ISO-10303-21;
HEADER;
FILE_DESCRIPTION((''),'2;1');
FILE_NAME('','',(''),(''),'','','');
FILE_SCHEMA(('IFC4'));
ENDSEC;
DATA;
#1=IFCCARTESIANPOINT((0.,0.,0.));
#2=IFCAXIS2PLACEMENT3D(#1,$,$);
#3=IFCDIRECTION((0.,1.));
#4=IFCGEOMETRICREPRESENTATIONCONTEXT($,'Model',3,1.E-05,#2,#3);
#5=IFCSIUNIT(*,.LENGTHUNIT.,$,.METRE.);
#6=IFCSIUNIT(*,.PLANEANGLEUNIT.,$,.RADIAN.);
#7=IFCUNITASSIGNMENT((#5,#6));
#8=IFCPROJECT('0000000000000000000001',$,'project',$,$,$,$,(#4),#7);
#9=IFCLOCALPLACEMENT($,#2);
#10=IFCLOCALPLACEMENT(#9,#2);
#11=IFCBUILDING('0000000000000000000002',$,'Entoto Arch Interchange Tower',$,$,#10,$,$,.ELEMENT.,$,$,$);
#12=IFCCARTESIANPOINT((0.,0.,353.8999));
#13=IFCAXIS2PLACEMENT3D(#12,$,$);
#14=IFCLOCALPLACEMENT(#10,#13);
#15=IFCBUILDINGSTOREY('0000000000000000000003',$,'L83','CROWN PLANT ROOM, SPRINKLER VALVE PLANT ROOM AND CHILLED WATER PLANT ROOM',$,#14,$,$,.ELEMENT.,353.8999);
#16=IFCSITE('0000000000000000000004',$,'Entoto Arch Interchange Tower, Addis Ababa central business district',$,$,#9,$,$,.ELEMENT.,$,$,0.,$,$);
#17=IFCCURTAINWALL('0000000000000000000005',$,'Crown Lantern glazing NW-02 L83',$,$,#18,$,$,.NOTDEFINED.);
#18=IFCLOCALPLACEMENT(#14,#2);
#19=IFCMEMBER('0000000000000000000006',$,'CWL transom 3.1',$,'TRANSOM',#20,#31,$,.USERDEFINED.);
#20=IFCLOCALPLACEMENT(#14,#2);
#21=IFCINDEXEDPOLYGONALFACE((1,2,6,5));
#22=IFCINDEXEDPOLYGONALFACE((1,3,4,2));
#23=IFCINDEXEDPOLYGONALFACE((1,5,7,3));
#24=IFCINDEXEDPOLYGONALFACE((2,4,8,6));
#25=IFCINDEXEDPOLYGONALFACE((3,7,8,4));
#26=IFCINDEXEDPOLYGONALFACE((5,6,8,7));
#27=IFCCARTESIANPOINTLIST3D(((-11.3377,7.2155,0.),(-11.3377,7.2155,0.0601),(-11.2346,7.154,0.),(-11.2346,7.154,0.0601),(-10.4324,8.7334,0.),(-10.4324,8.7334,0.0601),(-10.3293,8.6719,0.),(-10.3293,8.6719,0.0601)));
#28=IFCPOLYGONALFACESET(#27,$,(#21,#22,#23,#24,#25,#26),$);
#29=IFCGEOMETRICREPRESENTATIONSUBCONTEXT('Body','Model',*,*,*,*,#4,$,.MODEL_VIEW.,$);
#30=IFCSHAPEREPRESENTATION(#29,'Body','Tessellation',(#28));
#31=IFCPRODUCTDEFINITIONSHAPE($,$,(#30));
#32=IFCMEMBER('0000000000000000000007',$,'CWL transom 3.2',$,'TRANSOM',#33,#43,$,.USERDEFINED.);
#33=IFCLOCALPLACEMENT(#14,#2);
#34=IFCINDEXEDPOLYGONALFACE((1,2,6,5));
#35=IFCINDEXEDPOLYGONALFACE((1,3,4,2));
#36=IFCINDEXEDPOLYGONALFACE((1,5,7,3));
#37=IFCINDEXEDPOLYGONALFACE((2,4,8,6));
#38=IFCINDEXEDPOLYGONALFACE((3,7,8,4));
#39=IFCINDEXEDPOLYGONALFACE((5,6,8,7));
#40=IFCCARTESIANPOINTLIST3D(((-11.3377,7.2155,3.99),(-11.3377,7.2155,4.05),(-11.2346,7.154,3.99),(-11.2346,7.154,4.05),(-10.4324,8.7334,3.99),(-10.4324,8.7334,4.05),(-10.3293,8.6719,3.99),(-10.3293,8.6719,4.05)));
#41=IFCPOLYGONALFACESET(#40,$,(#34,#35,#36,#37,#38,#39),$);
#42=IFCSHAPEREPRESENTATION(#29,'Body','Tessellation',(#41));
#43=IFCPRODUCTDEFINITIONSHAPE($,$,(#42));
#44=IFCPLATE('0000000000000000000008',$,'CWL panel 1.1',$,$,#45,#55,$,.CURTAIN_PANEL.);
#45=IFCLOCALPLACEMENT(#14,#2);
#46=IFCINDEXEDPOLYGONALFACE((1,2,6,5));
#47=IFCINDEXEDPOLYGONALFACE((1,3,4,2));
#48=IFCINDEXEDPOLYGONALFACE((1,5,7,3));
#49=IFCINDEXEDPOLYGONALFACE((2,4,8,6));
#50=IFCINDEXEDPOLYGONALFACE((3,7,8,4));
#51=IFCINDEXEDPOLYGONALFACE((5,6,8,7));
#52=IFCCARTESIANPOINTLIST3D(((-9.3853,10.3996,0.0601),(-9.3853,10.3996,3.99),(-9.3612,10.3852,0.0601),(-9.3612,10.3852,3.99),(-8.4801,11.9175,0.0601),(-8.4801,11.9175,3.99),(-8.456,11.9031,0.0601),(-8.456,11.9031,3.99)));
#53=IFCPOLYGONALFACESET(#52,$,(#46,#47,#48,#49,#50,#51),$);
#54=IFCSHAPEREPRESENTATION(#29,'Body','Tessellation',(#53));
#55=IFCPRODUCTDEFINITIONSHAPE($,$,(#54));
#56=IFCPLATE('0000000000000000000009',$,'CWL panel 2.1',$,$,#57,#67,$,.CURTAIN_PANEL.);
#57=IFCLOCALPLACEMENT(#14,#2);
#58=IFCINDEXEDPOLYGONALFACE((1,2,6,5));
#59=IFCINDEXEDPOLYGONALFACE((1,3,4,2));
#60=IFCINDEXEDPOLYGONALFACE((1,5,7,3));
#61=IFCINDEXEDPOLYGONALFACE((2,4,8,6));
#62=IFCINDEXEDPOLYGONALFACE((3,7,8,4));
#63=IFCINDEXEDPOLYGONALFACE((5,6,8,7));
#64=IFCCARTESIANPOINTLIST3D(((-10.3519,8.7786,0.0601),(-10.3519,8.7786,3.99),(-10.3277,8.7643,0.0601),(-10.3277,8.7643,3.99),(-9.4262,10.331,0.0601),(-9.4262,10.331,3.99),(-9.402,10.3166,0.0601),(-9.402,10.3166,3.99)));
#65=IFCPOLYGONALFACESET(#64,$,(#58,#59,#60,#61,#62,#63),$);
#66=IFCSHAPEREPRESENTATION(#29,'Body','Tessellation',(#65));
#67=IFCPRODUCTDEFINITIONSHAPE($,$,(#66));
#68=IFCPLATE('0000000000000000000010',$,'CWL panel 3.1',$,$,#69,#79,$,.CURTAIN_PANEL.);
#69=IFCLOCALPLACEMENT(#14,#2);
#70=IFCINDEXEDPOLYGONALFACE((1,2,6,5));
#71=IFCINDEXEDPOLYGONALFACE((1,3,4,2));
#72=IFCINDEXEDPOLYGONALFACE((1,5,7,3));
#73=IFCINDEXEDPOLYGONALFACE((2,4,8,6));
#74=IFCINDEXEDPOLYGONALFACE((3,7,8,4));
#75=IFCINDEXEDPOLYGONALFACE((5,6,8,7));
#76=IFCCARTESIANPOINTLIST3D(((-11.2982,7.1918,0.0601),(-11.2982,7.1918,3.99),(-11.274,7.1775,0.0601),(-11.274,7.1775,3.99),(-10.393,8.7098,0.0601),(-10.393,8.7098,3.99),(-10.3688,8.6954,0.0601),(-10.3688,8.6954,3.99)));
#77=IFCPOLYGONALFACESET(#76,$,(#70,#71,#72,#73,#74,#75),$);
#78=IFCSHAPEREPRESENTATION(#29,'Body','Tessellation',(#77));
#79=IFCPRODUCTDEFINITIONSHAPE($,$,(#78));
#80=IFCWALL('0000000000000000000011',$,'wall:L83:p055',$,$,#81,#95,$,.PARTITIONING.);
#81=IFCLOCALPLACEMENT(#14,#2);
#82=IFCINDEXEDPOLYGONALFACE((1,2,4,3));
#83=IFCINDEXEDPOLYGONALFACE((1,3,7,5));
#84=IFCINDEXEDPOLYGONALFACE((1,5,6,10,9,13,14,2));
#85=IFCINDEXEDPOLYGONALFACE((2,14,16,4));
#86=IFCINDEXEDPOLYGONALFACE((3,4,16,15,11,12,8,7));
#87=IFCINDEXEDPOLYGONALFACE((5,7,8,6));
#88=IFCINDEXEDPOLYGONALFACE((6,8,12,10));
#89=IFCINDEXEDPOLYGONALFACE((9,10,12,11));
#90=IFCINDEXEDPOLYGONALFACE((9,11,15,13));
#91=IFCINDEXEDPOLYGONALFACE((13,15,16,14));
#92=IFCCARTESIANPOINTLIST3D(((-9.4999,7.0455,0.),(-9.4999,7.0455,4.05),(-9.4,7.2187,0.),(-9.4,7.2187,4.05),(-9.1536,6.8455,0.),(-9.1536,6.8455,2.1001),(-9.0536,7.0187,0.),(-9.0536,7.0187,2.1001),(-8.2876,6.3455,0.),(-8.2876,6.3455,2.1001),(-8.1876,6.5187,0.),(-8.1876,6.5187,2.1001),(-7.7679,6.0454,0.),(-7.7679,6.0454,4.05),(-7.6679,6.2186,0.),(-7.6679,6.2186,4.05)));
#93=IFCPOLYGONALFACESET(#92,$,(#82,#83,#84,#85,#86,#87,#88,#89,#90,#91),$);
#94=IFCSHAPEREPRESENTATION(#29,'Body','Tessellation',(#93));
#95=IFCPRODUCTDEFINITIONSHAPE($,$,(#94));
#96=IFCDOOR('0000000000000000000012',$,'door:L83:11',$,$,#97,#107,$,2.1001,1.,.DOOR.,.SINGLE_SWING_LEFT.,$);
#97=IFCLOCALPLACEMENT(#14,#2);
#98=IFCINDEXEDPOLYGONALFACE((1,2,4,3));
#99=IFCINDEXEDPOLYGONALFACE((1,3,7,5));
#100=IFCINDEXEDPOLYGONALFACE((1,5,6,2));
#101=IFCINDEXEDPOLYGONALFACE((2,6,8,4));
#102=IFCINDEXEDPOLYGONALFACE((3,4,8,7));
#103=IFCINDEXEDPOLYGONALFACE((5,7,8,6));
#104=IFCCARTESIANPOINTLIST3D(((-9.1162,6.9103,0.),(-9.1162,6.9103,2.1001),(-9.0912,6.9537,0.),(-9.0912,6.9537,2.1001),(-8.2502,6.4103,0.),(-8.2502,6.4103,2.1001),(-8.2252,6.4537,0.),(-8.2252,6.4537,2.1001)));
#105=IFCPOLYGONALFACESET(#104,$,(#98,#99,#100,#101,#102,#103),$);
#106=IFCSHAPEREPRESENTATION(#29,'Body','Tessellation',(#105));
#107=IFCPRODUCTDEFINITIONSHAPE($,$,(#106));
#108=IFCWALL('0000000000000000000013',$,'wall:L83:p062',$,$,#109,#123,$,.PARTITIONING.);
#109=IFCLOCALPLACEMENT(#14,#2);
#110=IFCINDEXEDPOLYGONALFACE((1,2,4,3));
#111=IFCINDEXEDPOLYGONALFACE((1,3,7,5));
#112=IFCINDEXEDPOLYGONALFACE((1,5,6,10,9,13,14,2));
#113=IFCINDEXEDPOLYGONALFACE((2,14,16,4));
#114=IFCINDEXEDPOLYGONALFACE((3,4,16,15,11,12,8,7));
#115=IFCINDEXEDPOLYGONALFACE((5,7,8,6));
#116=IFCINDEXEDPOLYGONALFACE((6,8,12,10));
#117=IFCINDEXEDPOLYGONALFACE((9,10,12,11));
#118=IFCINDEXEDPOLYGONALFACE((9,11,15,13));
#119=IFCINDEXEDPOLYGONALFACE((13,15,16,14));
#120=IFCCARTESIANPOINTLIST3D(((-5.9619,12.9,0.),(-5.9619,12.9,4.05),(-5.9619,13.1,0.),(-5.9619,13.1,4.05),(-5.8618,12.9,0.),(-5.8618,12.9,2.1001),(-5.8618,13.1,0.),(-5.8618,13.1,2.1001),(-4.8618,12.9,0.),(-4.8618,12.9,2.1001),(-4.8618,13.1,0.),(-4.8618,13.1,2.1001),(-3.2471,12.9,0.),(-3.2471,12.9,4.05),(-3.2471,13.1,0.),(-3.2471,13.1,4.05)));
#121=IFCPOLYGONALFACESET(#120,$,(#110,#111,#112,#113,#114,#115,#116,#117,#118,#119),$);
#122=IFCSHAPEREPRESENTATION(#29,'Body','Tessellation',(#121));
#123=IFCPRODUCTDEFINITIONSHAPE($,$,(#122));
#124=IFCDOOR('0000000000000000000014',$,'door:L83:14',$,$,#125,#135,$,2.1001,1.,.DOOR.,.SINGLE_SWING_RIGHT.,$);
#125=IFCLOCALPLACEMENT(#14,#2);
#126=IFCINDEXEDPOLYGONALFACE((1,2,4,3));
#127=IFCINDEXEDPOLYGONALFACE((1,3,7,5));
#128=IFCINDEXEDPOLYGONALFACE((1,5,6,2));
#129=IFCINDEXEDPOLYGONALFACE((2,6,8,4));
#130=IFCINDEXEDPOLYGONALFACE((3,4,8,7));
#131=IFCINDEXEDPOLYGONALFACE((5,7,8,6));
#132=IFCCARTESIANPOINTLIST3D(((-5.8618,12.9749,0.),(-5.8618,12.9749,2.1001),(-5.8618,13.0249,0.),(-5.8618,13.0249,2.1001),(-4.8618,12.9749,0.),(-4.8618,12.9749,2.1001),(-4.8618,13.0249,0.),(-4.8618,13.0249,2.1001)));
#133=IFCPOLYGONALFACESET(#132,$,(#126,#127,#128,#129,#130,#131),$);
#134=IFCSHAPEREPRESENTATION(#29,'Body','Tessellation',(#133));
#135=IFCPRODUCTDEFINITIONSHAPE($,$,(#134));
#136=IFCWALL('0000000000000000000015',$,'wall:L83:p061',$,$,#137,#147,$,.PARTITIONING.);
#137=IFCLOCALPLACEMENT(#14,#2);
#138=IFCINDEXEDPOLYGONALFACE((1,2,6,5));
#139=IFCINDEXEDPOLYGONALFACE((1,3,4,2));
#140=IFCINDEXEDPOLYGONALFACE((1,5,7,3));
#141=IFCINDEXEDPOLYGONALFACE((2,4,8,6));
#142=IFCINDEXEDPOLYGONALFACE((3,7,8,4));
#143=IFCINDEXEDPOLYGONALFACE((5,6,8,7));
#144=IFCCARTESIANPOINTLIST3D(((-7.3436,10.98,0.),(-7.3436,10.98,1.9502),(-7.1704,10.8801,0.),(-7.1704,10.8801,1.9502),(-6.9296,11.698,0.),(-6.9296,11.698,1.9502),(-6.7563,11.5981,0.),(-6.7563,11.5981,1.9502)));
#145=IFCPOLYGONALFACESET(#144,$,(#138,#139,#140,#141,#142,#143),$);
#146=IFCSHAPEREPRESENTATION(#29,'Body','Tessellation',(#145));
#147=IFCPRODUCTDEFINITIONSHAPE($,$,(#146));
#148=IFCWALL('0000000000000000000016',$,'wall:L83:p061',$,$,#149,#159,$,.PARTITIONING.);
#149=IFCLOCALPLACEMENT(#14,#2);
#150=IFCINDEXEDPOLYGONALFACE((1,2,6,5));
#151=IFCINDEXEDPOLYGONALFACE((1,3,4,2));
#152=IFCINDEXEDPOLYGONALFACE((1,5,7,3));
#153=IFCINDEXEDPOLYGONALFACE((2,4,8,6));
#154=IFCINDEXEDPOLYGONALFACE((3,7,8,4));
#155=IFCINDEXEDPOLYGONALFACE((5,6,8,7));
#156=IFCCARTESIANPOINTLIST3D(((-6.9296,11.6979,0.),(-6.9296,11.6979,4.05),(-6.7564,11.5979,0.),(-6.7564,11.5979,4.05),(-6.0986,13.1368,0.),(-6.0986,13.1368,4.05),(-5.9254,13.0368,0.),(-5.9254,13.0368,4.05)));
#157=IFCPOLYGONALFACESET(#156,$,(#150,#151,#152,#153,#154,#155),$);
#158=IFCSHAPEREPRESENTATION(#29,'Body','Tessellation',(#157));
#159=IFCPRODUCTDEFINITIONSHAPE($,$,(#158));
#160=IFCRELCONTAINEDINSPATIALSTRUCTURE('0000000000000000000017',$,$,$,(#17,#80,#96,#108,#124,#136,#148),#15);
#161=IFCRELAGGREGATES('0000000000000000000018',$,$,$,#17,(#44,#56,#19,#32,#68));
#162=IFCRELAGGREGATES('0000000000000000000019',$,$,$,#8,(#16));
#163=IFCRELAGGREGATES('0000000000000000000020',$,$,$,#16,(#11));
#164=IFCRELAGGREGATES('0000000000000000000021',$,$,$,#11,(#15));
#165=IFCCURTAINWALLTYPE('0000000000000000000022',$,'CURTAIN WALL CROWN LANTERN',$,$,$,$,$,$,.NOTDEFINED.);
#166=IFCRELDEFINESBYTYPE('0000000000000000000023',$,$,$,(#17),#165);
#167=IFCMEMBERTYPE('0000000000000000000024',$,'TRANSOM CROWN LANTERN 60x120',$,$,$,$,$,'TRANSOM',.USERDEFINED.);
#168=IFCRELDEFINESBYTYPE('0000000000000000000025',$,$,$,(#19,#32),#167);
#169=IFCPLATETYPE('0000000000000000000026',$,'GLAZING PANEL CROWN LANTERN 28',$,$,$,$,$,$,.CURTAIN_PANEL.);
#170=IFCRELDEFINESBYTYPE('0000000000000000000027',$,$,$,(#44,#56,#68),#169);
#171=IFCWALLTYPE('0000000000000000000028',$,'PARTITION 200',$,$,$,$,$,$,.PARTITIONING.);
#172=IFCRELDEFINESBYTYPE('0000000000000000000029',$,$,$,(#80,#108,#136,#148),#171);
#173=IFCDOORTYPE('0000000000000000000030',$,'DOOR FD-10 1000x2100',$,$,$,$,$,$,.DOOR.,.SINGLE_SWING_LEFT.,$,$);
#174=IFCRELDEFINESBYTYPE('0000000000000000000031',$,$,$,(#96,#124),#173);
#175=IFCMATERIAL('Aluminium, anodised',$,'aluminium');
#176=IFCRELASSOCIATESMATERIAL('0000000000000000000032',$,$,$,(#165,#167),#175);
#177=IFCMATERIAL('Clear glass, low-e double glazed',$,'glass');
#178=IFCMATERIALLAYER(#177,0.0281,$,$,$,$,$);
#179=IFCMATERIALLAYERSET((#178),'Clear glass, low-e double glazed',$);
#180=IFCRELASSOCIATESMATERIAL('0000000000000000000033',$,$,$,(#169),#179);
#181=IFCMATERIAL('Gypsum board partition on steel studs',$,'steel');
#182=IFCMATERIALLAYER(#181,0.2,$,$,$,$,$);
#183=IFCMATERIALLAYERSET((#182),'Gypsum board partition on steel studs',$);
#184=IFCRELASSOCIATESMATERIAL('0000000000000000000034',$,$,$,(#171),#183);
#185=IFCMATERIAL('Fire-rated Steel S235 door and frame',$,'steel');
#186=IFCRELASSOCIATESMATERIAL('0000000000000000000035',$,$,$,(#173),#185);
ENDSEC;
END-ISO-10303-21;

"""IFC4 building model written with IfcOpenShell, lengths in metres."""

from ifc_helpers import new_model, si_unit, direction, frame, frame_2d, origin, origin_2d, place, context, subcontext, project, spatial, rectangle, extrude, material, layer, layer_set, material_profile, profile_set, type_object, element, fill, aggregate, save


model = new_model("IFC4")

# Units and contexts
model_context = context("Model", 3, precision=1e-05, world=origin(), true_north=direction((0.0, 1.0)))
body_context = subcontext(model_context, "Body", "Model", "MODEL_VIEW")
ifc_project = project(units=[si_unit("LENGTHUNIT", "METRE"), si_unit("PLANEANGLEUNIT", "RADIAN")], contexts=[model_context])

# Site, building, storey
site_placement = place(None, origin())
site = spatial("IfcSite", under=ifc_project, at=site_placement, Name="Entoto Arch Interchange Tower, Addis Ababa central business district", CompositionType="ELEMENT", RefElevation=0.0)
building_placement = place(site_placement, origin())
building = spatial("IfcBuilding", under=site, at=building_placement, Name="Entoto Arch Interchange Tower", CompositionType="ELEMENT")
storey_placement = place(building_placement, frame((0.0, 0.0, 353.8999)))
storey = spatial("IfcBuildingStorey", under=building, at=storey_placement, Name="L83", Description="CROWN PLANT ROOM, SPRINKLER VALVE PLANT ROOM AND CHILLED WATER PLANT ROOM", CompositionType="ELEMENT", Elevation=353.8999)

# Shared definitions
ifc_material_1 = material(Name="Aluminium, anodised", Category="aluminium")
curtain_wall_type = type_object("IfcCurtainWallType", Name="CURTAIN WALL CROWN LANTERN", PredefinedType="NOTDEFINED", material=ifc_material_1)

# Curtain wall, members, plates
curtain_wall_1_placement = place(storey_placement, origin())
curtain_wall_1 = element("IfcCurtainWall", 1, at=curtain_wall_1_placement, inside=storey, type_object=curtain_wall_type, Name="Crown Lantern glazing NW-02 L83", PredefinedType="NOTDEFINED")
ifc_material_profile_1 = material_profile(ifc_material_1, rectangle(XDim=0.1201, YDim=0.0601, at=origin_2d()))
ifc_profile_set_1 = profile_set([ifc_material_profile_1], Name="Aluminium, anodised")
member_type_1 = type_object("IfcMemberType", Name="TRANSOM CROWN LANTERN 60x120", ElementType="TRANSOM", PredefinedType="USERDEFINED", material=ifc_profile_set_1)
member_1_placement = place(storey_placement, frame((-10.3809, 8.7026, 0.03), z_axis=(-0.512239, -0.858843, 0.0), x_axis=(0.858843, -0.512239, 0.0)))
member_1 = element("IfcMember", 2, at=member_1_placement, type_object=member_type_1, Name="CWL transom 3.1", ObjectType="TRANSOM", PredefinedType="USERDEFINED", context=body_context, shape_type="SweptSolid", body=[
    extrude(rectangle(XDim=0.1201, YDim=0.0601, at=origin_2d()), origin(), (0.0, 0.0, 1.0), 1.7673),
])
member_2_placement = place(storey_placement, frame((-10.3809, 8.7026, 4.02), z_axis=(-0.512239, -0.858843, 0.0), x_axis=(0.858843, -0.512239, 0.0)))
member_2 = element("IfcMember", 3, at=member_2_placement, type_object=member_type_1, Name="CWL transom 3.2", ObjectType="TRANSOM", PredefinedType="USERDEFINED", context=body_context, shape_type="SweptSolid", body=[
    extrude(rectangle(XDim=0.1201, YDim=0.0601, at=origin_2d()), origin(), (0.0, 0.0, 1.0), 1.7673),
])
ifc_material_2 = material(Name="Clear glass, low-e double glazed", Category="glass")
ifc_layer_1 = layer(ifc_material_2, 0.0281)
ifc_layer_set_1 = layer_set([ifc_layer_1], Name="Clear glass, low-e double glazed")
plate_type = type_object("IfcPlateType", Name="GLAZING PANEL CROWN LANTERN 28", PredefinedType="CURTAIN_PANEL", material=ifc_layer_set_1)
plate_1_placement = place(storey_placement, frame((-8.9207, 11.1514, 0.0601), z_axis=(0.0, 0.0, 1.0), x_axis=(-0.512182, -0.858877, 0.0)))
plate_1 = element("IfcPlate", 4, at=plate_1_placement, type_object=plate_type, Name="CWL panel 1.1", PredefinedType="CURTAIN_PANEL", context=body_context, shape_type="SweptSolid", body=[
    extrude(rectangle(XDim=1.7673, YDim=0.0281, at=origin_2d()), origin(), (0.0, 0.0, 1.0), 3.9299),
])
plate_2_placement = place(storey_placement, frame((-9.877, 9.5476, 0.0601), z_axis=(0.0, 0.0, 1.0), x_axis=(-0.512182, -0.858877, 0.0)))
plate_2 = element("IfcPlate", 5, at=plate_2_placement, type_object=plate_type, Name="CWL panel 2.1", PredefinedType="CURTAIN_PANEL", context=body_context, shape_type="SweptSolid", body=[
    extrude(rectangle(XDim=1.8074, YDim=0.0281, at=origin_2d()), origin(), (0.0, 0.0, 1.0), 3.9299),
])
plate_3_placement = place(storey_placement, frame((-10.8335, 7.9436, 0.0601), z_axis=(0.0, 0.0, 1.0), x_axis=(-0.512182, -0.858877, 0.0)))
plate_3 = element("IfcPlate", 6, at=plate_3_placement, type_object=plate_type, Name="CWL panel 3.1", PredefinedType="CURTAIN_PANEL", context=body_context, shape_type="SweptSolid", body=[
    extrude(rectangle(XDim=1.7673, YDim=0.0281, at=origin_2d()), origin(), (0.0, 0.0, 1.0), 3.9299),
])
aggregate(curtain_wall_1, [plate_1, plate_2, member_1, member_2, plate_3])

# Walls, openings, doors
ifc_material_3 = material(Name="Gypsum board partition on steel studs", Category="steel")
ifc_layer_2 = layer(ifc_material_3, 0.2)
ifc_layer_set_2 = layer_set([ifc_layer_2], Name="Gypsum board partition on steel studs")
wall_type_1 = type_object("IfcWallType", Name="PARTITION 200", PredefinedType="PARTITIONING", material=ifc_layer_set_2)
wall_1_placement = place(storey_placement, frame((-9.45, 7.1321, 0.0), z_axis=(0.0, 0.0, 1.0), x_axis=(0.866011, -0.500025, 0.0)))
wall_1 = element("IfcWall", 7, at=wall_1_placement, inside=storey, type_object=wall_type_1, Name="wall:L83:p055", PredefinedType="PARTITIONING", context=body_context, shape_type="SweptSolid", body=[
    extrude(rectangle(XDim=2.0, YDim=0.2, at=frame_2d((1.0, 0.0))), origin(), (0.0, 0.0, 1.0), 4.05),
])
opening_1_placement = place(wall_1_placement, frame((0.3999, 0.0, 0.0)))
opening_1 = element("IfcOpeningElement", 8, at=opening_1_placement, cuts=wall_1, PredefinedType="OPENING", context=body_context, shape_type="SweptSolid", body=[
    extrude(rectangle(XDim=1.0, YDim=2.1001, at=frame_2d((0.5, 1.05))), frame((0.0, 0.1099, 0.0), z_axis=(0.0, -1.0, 0.0), x_axis=(1.0, 0.0, 0.0)), (0.0, 0.0, 1.0), 0.22),
])
ifc_material_4 = material(Name="Fire-rated Steel S235 door and frame", Category="steel")
door_type_1 = type_object("IfcDoorType", Name="DOOR FD-10 1000x2100", OperationType="SINGLE_SWING_LEFT", PredefinedType="DOOR", material=ifc_material_4)
door_1_placement = place(opening_1_placement, origin())
door_1 = element("IfcDoor", 9, at=door_1_placement, inside=storey, type_object=door_type_1, Name="door:L83:11", OperationType="SINGLE_SWING_LEFT", OverallHeight=2.1001, OverallWidth=1.0, PredefinedType="DOOR", context=body_context, shape_type="SweptSolid", body=[
    extrude(rectangle(XDim=1.0, YDim=2.1001, at=frame_2d((0.5, 1.05))), frame((0.0, 0.0249, 0.0), z_axis=(0.0, -1.0, 0.0), x_axis=(1.0, 0.0, 0.0)), (0.0, 0.0, 1.0), 0.05),
])
fill(opening_1, door_1)
wall_2_placement = place(storey_placement, frame((-5.9619, 13.0, 0.0), z_axis=(0.0, 0.0, 1.0), x_axis=(1.0, 0.0, 0.0)))
wall_2 = element("IfcWall", 10, at=wall_2_placement, inside=storey, type_object=wall_type_1, Name="wall:L83:p062", PredefinedType="PARTITIONING", context=body_context, shape_type="SweptSolid", body=[
    extrude(rectangle(XDim=2.7148, YDim=0.2, at=frame_2d((1.3574, 0.0))), origin(), (0.0, 0.0, 1.0), 4.05),
])
opening_2_placement = place(wall_2_placement, frame((0.1001, 0.0, 0.0)))
opening_2 = element("IfcOpeningElement", 11, at=opening_2_placement, cuts=wall_2, PredefinedType="OPENING", context=body_context, shape_type="SweptSolid", body=[
    extrude(rectangle(XDim=1.0, YDim=2.1001, at=frame_2d((0.5, 1.05))), frame((0.0, 0.1099, 0.0), z_axis=(0.0, -1.0, 0.0), x_axis=(1.0, 0.0, 0.0)), (0.0, 0.0, 1.0), 0.22),
])
door_2_placement = place(opening_2_placement, origin())
door_2 = element("IfcDoor", 12, at=door_2_placement, inside=storey, type_object=door_type_1, Name="door:L83:14", OperationType="SINGLE_SWING_RIGHT", OverallHeight=2.1001, OverallWidth=1.0, PredefinedType="DOOR", context=body_context, shape_type="SweptSolid", body=[
    extrude(rectangle(XDim=1.0, YDim=2.1001, at=frame_2d((0.5, 1.05))), frame((0.0, 0.0249, 0.0), z_axis=(0.0, -1.0, 0.0), x_axis=(1.0, 0.0, 0.0)), (0.0, 0.0, 1.0), 0.05),
])
fill(opening_2, door_2)

# Walls
wall_3_placement = place(storey_placement, frame((-7.2571, 10.9299, 0.0), z_axis=(0.0, 0.0, 1.0), x_axis=(0.499561, 0.866279, 0.0)))
element("IfcWall", 13, at=wall_3_placement, inside=storey, type_object=wall_type_1, Name="wall:L83:p061", PredefinedType="PARTITIONING", context=body_context, shape_type="SweptSolid", body=[
    extrude(rectangle(XDim=0.8289, YDim=0.2, at=frame_2d((0.4146, 0.0))), origin(), (0.0, 0.0, 1.0), 1.9502),
])
wall_4_placement = place(storey_placement, frame((-6.843, 11.6479, 0.0), z_axis=(0.0, 0.0, 1.0), x_axis=(0.500121, 0.865956, 0.0)))
element("IfcWall", 14, at=wall_4_placement, inside=storey, type_object=wall_type_1, Name="wall:L83:p061", PredefinedType="PARTITIONING", context=body_context, shape_type="SweptSolid", body=[
    extrude(rectangle(XDim=1.6616, YDim=0.2, at=frame_2d((0.8308, 0.0))), origin(), (0.0, 0.0, 1.0), 4.05),
])

save(model, "model.ifc")
